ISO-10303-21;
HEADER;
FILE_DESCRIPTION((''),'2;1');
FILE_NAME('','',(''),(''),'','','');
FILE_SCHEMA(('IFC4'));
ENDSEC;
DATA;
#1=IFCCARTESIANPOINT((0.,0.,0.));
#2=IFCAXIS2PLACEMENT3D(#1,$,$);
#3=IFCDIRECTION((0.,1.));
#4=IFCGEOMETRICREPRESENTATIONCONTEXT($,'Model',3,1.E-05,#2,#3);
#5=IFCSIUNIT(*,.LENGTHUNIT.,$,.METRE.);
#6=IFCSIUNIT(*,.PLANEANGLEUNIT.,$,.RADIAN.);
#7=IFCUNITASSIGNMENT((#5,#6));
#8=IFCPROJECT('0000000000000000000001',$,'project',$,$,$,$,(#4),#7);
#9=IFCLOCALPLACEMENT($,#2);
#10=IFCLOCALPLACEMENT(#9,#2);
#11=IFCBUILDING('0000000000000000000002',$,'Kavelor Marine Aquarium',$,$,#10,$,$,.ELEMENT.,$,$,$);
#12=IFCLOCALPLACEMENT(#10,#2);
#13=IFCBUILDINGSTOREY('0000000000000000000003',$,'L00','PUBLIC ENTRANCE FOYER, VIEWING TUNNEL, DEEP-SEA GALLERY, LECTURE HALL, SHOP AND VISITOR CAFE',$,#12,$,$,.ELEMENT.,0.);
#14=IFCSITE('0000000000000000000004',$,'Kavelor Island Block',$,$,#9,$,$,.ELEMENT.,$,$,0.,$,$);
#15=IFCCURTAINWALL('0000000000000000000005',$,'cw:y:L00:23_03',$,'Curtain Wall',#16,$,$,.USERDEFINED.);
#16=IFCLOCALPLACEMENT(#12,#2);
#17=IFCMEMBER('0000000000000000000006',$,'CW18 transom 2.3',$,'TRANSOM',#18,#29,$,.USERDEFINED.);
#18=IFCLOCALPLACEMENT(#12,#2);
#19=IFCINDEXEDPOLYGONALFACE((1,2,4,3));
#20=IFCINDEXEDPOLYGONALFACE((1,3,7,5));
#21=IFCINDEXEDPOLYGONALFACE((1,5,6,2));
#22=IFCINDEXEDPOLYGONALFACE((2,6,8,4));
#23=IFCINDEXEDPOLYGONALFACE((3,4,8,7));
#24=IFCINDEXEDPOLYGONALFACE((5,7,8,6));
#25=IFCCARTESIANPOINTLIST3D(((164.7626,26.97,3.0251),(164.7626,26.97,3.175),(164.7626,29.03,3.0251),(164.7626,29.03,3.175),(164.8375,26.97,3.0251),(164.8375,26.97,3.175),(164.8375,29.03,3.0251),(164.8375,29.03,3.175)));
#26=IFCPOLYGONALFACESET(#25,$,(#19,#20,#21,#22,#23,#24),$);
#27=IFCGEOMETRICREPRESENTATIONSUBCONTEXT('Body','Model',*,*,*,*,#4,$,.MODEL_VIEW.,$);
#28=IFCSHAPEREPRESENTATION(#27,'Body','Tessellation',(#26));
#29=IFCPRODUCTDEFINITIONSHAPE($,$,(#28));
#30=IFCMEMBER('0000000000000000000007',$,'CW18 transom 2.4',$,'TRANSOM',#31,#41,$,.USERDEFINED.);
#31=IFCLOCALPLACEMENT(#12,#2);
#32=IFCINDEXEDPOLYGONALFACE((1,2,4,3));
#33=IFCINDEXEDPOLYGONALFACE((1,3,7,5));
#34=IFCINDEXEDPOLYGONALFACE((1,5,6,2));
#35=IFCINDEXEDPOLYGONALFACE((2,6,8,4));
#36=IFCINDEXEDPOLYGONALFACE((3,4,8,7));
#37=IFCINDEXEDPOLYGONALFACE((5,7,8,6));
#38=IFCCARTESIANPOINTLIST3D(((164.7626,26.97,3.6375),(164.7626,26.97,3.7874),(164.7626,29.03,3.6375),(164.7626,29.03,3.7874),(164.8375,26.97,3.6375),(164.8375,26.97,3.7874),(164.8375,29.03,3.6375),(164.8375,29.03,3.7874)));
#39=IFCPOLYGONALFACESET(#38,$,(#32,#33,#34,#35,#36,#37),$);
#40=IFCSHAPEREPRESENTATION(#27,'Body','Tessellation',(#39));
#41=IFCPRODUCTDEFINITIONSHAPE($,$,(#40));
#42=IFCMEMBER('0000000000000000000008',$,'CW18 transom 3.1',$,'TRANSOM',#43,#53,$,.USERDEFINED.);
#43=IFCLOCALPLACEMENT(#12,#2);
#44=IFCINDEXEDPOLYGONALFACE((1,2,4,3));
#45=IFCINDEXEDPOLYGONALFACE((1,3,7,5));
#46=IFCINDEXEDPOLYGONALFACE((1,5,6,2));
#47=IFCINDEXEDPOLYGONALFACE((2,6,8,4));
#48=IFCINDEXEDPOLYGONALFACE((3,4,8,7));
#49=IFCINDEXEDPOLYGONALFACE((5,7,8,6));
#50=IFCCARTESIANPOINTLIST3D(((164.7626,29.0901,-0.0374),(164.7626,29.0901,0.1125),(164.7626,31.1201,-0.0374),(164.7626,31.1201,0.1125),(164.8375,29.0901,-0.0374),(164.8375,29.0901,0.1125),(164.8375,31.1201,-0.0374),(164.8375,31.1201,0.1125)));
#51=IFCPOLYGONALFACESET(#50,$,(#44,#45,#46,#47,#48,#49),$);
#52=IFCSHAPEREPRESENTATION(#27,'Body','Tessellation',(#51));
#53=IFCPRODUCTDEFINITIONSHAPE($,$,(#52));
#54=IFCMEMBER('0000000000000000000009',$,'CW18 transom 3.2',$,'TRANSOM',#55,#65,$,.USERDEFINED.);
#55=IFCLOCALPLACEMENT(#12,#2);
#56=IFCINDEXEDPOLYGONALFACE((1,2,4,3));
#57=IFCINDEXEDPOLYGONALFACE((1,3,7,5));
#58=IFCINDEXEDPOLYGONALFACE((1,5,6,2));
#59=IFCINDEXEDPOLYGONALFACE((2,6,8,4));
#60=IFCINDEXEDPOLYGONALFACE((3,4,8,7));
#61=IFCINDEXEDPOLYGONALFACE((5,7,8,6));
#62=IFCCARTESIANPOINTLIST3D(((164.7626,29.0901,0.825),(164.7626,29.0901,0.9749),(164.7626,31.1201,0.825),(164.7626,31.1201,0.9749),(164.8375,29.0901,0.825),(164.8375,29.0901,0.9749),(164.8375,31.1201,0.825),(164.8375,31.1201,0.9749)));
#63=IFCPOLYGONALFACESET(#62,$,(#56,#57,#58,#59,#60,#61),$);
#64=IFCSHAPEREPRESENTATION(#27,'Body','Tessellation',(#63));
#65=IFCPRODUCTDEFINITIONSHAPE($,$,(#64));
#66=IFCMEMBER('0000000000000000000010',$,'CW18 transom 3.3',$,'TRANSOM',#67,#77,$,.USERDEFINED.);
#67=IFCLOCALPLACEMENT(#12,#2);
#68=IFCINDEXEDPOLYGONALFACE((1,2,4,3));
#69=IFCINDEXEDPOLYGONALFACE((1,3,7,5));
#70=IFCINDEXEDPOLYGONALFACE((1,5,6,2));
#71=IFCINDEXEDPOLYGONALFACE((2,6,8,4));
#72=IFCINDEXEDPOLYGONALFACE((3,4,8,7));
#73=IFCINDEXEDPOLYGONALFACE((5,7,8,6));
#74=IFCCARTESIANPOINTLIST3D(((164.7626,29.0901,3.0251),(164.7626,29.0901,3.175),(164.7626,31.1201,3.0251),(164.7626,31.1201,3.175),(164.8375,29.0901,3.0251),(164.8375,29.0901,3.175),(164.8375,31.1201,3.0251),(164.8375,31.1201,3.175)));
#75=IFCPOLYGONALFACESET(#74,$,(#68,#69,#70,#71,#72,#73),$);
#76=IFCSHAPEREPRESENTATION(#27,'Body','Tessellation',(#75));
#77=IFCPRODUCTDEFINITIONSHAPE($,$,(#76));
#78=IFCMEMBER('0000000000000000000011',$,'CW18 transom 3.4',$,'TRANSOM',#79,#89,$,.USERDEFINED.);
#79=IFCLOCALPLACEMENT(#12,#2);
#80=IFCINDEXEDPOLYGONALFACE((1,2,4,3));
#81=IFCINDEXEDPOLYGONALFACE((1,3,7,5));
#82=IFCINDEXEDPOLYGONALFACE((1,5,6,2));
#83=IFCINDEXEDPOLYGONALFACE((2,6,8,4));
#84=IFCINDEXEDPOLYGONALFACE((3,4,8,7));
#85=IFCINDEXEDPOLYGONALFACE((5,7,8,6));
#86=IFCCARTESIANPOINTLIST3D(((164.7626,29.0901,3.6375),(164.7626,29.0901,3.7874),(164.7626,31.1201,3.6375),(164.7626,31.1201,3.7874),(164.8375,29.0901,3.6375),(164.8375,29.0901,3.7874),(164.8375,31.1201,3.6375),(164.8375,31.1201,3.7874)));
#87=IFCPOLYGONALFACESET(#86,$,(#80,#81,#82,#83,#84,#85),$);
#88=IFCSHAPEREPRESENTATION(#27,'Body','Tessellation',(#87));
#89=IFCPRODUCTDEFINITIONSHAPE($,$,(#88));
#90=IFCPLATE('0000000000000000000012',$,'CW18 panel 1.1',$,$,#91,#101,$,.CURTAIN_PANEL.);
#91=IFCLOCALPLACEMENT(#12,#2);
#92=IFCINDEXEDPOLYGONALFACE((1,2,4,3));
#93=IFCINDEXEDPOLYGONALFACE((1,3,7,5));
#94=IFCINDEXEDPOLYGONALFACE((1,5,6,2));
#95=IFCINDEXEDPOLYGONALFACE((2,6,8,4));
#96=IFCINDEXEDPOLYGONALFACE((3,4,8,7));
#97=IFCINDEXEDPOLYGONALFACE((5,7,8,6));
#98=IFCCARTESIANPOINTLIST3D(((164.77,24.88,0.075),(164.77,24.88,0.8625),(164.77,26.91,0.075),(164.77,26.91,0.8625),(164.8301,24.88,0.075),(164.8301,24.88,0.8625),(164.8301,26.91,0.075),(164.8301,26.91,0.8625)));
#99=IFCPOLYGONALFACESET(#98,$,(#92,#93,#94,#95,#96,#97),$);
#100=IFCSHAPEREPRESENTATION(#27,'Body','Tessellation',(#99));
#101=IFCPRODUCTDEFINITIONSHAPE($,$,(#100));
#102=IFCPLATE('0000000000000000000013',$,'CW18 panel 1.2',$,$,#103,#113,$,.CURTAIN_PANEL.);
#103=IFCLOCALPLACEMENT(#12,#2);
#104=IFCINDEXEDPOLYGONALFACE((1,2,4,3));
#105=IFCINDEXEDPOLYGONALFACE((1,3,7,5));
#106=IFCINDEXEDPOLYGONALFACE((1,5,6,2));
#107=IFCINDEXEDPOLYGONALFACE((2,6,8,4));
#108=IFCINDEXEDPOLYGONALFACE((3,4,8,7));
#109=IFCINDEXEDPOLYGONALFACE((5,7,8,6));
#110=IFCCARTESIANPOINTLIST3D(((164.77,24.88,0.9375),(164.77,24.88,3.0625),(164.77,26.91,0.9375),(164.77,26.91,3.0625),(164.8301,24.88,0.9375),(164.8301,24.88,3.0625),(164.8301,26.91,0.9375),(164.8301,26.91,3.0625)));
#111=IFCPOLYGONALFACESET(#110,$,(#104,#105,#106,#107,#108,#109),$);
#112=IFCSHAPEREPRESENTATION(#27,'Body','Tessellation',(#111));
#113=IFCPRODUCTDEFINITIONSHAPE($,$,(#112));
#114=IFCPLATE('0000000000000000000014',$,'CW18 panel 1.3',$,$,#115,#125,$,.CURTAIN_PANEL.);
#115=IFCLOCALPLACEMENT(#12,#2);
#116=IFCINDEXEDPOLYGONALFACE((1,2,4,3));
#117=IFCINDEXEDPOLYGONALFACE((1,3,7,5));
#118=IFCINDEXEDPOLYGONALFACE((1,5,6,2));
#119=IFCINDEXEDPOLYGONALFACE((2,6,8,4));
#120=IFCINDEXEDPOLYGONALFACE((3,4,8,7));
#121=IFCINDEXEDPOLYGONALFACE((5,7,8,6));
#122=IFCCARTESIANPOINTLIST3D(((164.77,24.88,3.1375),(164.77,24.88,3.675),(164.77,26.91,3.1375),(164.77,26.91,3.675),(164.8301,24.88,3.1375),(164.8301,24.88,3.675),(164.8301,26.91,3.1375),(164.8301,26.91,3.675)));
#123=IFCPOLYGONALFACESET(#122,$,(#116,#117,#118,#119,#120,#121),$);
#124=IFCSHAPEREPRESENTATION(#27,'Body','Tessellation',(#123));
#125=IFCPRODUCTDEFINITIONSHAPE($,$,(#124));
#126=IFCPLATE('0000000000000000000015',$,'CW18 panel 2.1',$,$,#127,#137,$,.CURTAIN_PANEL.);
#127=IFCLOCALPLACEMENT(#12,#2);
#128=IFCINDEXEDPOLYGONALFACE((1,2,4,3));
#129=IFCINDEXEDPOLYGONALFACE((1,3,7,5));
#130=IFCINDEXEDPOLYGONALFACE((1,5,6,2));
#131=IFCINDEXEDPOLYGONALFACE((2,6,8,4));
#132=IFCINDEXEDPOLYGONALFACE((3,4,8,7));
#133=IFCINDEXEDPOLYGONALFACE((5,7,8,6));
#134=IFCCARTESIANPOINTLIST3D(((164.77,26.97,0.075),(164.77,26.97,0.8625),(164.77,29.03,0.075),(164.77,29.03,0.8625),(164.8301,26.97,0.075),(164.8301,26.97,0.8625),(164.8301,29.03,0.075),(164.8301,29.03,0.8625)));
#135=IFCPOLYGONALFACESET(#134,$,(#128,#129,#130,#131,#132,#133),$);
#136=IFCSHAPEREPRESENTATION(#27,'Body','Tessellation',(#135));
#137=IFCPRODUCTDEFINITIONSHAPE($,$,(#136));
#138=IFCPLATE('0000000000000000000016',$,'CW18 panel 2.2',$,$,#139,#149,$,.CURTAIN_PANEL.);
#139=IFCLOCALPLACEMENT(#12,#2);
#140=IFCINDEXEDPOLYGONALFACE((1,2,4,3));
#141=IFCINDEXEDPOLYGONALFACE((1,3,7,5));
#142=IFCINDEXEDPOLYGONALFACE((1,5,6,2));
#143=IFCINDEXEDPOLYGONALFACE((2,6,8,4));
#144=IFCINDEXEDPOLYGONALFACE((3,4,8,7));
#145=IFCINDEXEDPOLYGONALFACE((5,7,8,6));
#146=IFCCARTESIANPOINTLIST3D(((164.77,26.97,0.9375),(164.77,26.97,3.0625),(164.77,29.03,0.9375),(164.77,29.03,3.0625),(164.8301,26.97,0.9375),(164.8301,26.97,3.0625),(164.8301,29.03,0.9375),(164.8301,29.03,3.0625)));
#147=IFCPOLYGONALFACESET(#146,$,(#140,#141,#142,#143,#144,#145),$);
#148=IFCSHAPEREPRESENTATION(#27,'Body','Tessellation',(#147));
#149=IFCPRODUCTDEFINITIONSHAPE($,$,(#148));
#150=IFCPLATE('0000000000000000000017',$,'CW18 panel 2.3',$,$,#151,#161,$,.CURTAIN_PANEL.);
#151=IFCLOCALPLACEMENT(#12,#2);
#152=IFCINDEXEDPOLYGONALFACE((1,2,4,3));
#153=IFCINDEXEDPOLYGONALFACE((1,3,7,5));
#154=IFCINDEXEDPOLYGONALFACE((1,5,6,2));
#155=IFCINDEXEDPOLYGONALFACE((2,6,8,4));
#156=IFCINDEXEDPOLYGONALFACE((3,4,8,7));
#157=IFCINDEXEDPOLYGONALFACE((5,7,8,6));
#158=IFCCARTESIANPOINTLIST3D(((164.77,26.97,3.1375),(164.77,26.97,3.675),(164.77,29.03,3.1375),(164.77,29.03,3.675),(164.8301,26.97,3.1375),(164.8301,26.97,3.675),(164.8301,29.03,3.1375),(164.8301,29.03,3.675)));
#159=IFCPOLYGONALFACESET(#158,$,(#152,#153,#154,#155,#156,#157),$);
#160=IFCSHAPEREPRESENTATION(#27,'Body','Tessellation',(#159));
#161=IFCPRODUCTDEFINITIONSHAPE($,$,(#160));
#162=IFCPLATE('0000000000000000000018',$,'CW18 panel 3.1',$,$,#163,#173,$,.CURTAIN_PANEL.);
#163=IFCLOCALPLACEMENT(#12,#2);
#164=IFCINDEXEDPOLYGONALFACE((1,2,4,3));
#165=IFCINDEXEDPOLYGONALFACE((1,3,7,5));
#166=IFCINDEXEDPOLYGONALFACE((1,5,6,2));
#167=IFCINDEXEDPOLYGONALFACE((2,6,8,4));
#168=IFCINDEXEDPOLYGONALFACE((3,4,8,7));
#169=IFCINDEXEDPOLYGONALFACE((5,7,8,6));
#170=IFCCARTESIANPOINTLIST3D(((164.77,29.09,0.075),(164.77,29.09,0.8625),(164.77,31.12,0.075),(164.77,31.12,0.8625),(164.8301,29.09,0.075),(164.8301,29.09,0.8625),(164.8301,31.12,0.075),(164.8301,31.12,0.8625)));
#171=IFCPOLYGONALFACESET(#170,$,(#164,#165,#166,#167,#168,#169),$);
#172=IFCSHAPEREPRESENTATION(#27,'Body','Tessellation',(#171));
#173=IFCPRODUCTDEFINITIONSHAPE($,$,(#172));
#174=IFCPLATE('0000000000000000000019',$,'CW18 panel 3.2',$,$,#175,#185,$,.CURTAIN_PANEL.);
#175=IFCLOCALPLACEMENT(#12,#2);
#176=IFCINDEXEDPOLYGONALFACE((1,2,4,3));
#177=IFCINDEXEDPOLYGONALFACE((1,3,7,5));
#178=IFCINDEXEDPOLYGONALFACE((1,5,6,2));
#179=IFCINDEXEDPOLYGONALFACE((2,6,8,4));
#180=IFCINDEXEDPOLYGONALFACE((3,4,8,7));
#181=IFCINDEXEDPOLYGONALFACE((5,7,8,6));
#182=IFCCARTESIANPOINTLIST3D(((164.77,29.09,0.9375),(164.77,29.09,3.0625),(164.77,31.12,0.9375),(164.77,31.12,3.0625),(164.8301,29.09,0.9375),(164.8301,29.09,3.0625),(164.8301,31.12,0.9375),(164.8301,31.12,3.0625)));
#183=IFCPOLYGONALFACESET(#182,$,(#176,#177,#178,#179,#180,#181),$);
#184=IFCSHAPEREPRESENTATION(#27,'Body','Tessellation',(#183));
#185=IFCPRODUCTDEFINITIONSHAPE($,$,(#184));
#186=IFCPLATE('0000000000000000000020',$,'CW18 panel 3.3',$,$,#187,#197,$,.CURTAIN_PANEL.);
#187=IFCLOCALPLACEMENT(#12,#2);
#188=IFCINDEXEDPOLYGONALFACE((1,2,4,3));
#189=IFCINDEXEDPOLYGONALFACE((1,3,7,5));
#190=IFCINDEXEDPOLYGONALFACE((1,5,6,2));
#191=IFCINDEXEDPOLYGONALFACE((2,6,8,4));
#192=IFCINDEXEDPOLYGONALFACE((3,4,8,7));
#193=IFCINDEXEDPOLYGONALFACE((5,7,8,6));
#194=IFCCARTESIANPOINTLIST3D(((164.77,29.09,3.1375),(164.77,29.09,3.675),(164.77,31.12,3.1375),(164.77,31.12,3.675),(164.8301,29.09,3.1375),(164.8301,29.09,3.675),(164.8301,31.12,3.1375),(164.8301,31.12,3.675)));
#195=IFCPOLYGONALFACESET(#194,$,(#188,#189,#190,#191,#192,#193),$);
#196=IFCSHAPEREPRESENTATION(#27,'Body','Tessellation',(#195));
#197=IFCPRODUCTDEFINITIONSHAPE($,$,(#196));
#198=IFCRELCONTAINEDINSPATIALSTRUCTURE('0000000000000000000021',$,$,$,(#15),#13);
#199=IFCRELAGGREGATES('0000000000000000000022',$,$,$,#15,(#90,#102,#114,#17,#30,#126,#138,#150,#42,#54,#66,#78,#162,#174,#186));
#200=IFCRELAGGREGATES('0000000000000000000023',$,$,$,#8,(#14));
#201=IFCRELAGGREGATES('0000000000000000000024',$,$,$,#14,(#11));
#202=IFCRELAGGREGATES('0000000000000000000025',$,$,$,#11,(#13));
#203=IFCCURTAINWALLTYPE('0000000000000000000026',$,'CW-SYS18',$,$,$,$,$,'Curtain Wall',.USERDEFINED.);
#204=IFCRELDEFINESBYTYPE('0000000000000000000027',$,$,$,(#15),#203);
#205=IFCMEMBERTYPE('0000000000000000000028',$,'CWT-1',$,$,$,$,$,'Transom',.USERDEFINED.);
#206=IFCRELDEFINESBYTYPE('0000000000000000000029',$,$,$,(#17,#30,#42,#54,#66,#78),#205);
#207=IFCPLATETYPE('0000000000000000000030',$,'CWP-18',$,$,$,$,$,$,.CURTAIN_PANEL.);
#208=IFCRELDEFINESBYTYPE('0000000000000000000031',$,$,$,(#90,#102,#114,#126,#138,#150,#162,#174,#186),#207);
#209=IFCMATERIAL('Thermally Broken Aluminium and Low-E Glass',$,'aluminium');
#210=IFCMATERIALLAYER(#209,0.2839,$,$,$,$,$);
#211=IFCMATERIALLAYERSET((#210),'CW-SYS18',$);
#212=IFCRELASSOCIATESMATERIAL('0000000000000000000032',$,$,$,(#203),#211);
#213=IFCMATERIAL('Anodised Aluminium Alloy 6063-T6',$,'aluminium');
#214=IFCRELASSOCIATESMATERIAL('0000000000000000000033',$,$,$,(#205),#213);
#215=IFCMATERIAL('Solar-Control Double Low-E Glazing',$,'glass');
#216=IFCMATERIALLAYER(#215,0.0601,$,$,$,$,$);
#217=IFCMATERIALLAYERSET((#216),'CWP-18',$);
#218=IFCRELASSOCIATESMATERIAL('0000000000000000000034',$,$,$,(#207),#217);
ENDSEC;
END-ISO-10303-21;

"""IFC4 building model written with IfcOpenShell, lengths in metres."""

from ifc_helpers import new_model, si_unit, direction, frame, origin, origin_2d, place, context, subcontext, project, spatial, rectangle, extrude, material, layer, layer_set, material_profile, profile_set, type_object, element, aggregate, save


model = new_model("IFC4")

# Units and contexts
model_context = context("Model", 3, precision=1e-05, world=origin(), true_north=direction((0.0, 1.0)))
body_context = subcontext(model_context, "Body", "Model", "MODEL_VIEW")
ifc_project = project(units=[si_unit("LENGTHUNIT", "METRE"), si_unit("PLANEANGLEUNIT", "RADIAN")], contexts=[model_context])

# Site, building, storey
site_placement = place(None, origin())
site = spatial("IfcSite", under=ifc_project, at=site_placement, Name="Kavelor Island Block", CompositionType="ELEMENT", RefElevation=0.0)
building_placement = place(site_placement, origin())
building = spatial("IfcBuilding", under=site, at=building_placement, Name="Kavelor Marine Aquarium", CompositionType="ELEMENT")
storey_placement = place(building_placement, origin())
storey = spatial("IfcBuildingStorey", under=building, at=storey_placement, Name="L00", Description="PUBLIC ENTRANCE FOYER, VIEWING TUNNEL, DEEP-SEA GALLERY, LECTURE HALL, SHOP AND VISITOR CAFE", CompositionType="ELEMENT", Elevation=0.0)

# Curtain wall, members, plates
ifc_material_1 = material(Name="Thermally Broken Aluminium and Low-E Glass", Category="aluminium")
ifc_layer_1 = layer(ifc_material_1, 0.2839)
ifc_layer_set_1 = layer_set([ifc_layer_1], Name="CW-SYS18")
curtain_wall_type = type_object("IfcCurtainWallType", Name="CW-SYS18", ElementType="Curtain Wall", PredefinedType="USERDEFINED", material=ifc_layer_set_1)
curtain_wall_placement = place(storey_placement, origin())
curtain_wall = element("IfcCurtainWall", 1, at=curtain_wall_placement, inside=storey, type_object=curtain_wall_type, Name="cw:y:L00:23_03", ObjectType="Curtain Wall", PredefinedType="USERDEFINED")
ifc_material_2 = material(Name="Anodised Aluminium Alloy 6063-T6", Category="aluminium")
ifc_material_profile_1 = material_profile(ifc_material_2, rectangle(XDim=0.075, YDim=0.1499, at=origin_2d()), Name="CW-TRN 75x150")
ifc_profile_set_1 = profile_set([ifc_material_profile_1], Name="Anodised Aluminium Alloy 6063-T6")
member_type_1 = type_object("IfcMemberType", Name="CWT-1", ElementType="Transom", PredefinedType="USERDEFINED", material=ifc_profile_set_1)
member_1_placement = place(storey_placement, frame((164.8, 26.97, 3.1001), z_axis=(0.0, 1.0, 0.0), x_axis=(-1.0, 0.0, 0.0)))
member_1 = element("IfcMember", 2, at=member_1_placement, type_object=member_type_1, Name="CW18 transom 2.3", ObjectType="TRANSOM", PredefinedType="USERDEFINED", context=body_context, shape_type="SweptSolid", body=[
    extrude(rectangle(XDim=0.075, YDim=0.1499, at=origin_2d()), origin(), (0.0, 0.0, 1.0), 2.0601),
])
member_2_placement = place(storey_placement, frame((164.8, 26.97, 3.7124), z_axis=(0.0, 1.0, 0.0), x_axis=(-1.0, 0.0, 0.0)))
member_2 = element("IfcMember", 3, at=member_2_placement, type_object=member_type_1, Name="CW18 transom 2.4", ObjectType="TRANSOM", PredefinedType="USERDEFINED", context=body_context, shape_type="SweptSolid", body=[
    extrude(rectangle(XDim=0.075, YDim=0.1499, at=origin_2d()), origin(), (0.0, 0.0, 1.0), 2.0601),
])
member_3_placement = place(storey_placement, frame((164.8, 29.0901, 0.0376), z_axis=(0.0, 1.0, 0.0), x_axis=(-1.0, 0.0, 0.0)))
member_3 = element("IfcMember", 4, at=member_3_placement, type_object=member_type_1, Name="CW18 transom 3.1", ObjectType="TRANSOM", PredefinedType="USERDEFINED", context=body_context, shape_type="SweptSolid", body=[
    extrude(rectangle(XDim=0.075, YDim=0.1499, at=origin_2d()), origin(), (0.0, 0.0, 1.0), 2.03),
])
member_4_placement = place(storey_placement, frame((164.8, 29.0901, 0.8999), z_axis=(0.0, 1.0, 0.0), x_axis=(-1.0, 0.0, 0.0)))
member_4 = element("IfcMember", 5, at=member_4_placement, type_object=member_type_1, Name="CW18 transom 3.2", ObjectType="TRANSOM", PredefinedType="USERDEFINED", context=body_context, shape_type="SweptSolid", body=[
    extrude(rectangle(XDim=0.075, YDim=0.1499, at=origin_2d()), origin(), (0.0, 0.0, 1.0), 2.03),
])
member_5_placement = place(storey_placement, frame((164.8, 29.0901, 3.1001), z_axis=(0.0, 1.0, 0.0), x_axis=(-1.0, 0.0, 0.0)))
member_5 = element("IfcMember", 6, at=member_5_placement, type_object=member_type_1, Name="CW18 transom 3.3", ObjectType="TRANSOM", PredefinedType="USERDEFINED", context=body_context, shape_type="SweptSolid", body=[
    extrude(rectangle(XDim=0.075, YDim=0.1499, at=origin_2d()), origin(), (0.0, 0.0, 1.0), 2.03),
])
member_6_placement = place(storey_placement, frame((164.8, 29.0901, 3.7124), z_axis=(0.0, 1.0, 0.0), x_axis=(-1.0, 0.0, 0.0)))
member_6 = element("IfcMember", 7, at=member_6_placement, type_object=member_type_1, Name="CW18 transom 3.4", ObjectType="TRANSOM", PredefinedType="USERDEFINED", context=body_context, shape_type="SweptSolid", body=[
    extrude(rectangle(XDim=0.075, YDim=0.1499, at=origin_2d()), origin(), (0.0, 0.0, 1.0), 2.03),
])
ifc_material_3 = material(Name="Solar-Control Double Low-E Glazing", Category="glass")
ifc_layer_2 = layer(ifc_material_3, 0.0601)
ifc_layer_set_2 = layer_set([ifc_layer_2], Name="CWP-18")
plate_type = type_object("IfcPlateType", Name="CWP-18", PredefinedType="CURTAIN_PANEL", material=ifc_layer_set_2)
plate_1_placement = place(storey_placement, frame((164.8, 25.895, 0.075), z_axis=(0.0, 0.0, 1.0), x_axis=(0.0, 1.0, 0.0)))
plate_1 = element("IfcPlate", 8, at=plate_1_placement, type_object=plate_type, Name="CW18 panel 1.1", PredefinedType="CURTAIN_PANEL", context=body_context, shape_type="SweptSolid", body=[
    extrude(rectangle(XDim=2.03, YDim=0.0601, at=origin_2d()), origin(), (0.0, 0.0, 1.0), 0.7876),
])
plate_2_placement = place(storey_placement, frame((164.8, 25.895, 0.9375), z_axis=(0.0, 0.0, 1.0), x_axis=(0.0, 1.0, 0.0)))
plate_2 = element("IfcPlate", 9, at=plate_2_placement, type_object=plate_type, Name="CW18 panel 1.2", PredefinedType="CURTAIN_PANEL", context=body_context, shape_type="SweptSolid", body=[
    extrude(rectangle(XDim=2.03, YDim=0.0601, at=origin_2d()), origin(), (0.0, 0.0, 1.0), 2.125),
])
plate_3_placement = place(storey_placement, frame((164.8, 25.895, 3.1375), z_axis=(0.0, 0.0, 1.0), x_axis=(0.0, 1.0, 0.0)))
plate_3 = element("IfcPlate", 10, at=plate_3_placement, type_object=plate_type, Name="CW18 panel 1.3", PredefinedType="CURTAIN_PANEL", context=body_context, shape_type="SweptSolid", body=[
    extrude(rectangle(XDim=2.03, YDim=0.0601, at=origin_2d()), origin(), (0.0, 0.0, 1.0), 0.5376),
])
plate_4_placement = place(storey_placement, frame((164.8, 28.0, 0.075), z_axis=(0.0, 0.0, 1.0), x_axis=(0.0, 1.0, 0.0)))
plate_4 = element("IfcPlate", 11, at=plate_4_placement, type_object=plate_type, Name="CW18 panel 2.1", PredefinedType="CURTAIN_PANEL", context=body_context, shape_type="SweptSolid", body=[
    extrude(rectangle(XDim=2.0601, YDim=0.0601, at=origin_2d()), origin(), (0.0, 0.0, 1.0), 0.7876),
])
plate_5_placement = place(storey_placement, frame((164.8, 28.0, 0.9375), z_axis=(0.0, 0.0, 1.0), x_axis=(0.0, 1.0, 0.0)))
plate_5 = element("IfcPlate", 12, at=plate_5_placement, type_object=plate_type, Name="CW18 panel 2.2", PredefinedType="CURTAIN_PANEL", context=body_context, shape_type="SweptSolid", body=[
    extrude(rectangle(XDim=2.0601, YDim=0.0601, at=origin_2d()), origin(), (0.0, 0.0, 1.0), 2.125),
])
plate_6_placement = place(storey_placement, frame((164.8, 28.0, 3.1375), z_axis=(0.0, 0.0, 1.0), x_axis=(0.0, 1.0, 0.0)))
plate_6 = element("IfcPlate", 13, at=plate_6_placement, type_object=plate_type, Name="CW18 panel 2.3", PredefinedType="CURTAIN_PANEL", context=body_context, shape_type="SweptSolid", body=[
    extrude(rectangle(XDim=2.0601, YDim=0.0601, at=origin_2d()), origin(), (0.0, 0.0, 1.0), 0.5376),
])
plate_7_placement = place(storey_placement, frame((164.8, 30.105, 0.075), z_axis=(0.0, 0.0, 1.0), x_axis=(0.0, 1.0, 0.0)))
plate_7 = element("IfcPlate", 14, at=plate_7_placement, type_object=plate_type, Name="CW18 panel 3.1", PredefinedType="CURTAIN_PANEL", context=body_context, shape_type="SweptSolid", body=[
    extrude(rectangle(XDim=2.03, YDim=0.0601, at=origin_2d()), origin(), (0.0, 0.0, 1.0), 0.7876),
])
plate_8_placement = place(storey_placement, frame((164.8, 30.105, 0.9375), z_axis=(0.0, 0.0, 1.0), x_axis=(0.0, 1.0, 0.0)))
plate_8 = element("IfcPlate", 15, at=plate_8_placement, type_object=plate_type, Name="CW18 panel 3.2", PredefinedType="CURTAIN_PANEL", context=body_context, shape_type="SweptSolid", body=[
    extrude(rectangle(XDim=2.03, YDim=0.0601, at=origin_2d()), origin(), (0.0, 0.0, 1.0), 2.125),
])
plate_9_placement = place(storey_placement, frame((164.8, 30.105, 3.1375), z_axis=(0.0, 0.0, 1.0), x_axis=(0.0, 1.0, 0.0)))
plate_9 = element("IfcPlate", 16, at=plate_9_placement, type_object=plate_type, Name="CW18 panel 3.3", PredefinedType="CURTAIN_PANEL", context=body_context, shape_type="SweptSolid", body=[
    extrude(rectangle(XDim=2.03, YDim=0.0601, at=origin_2d()), origin(), (0.0, 0.0, 1.0), 0.5376),
])
aggregate(curtain_wall, [plate_1, plate_2, plate_3, member_1, member_2, plate_4, plate_5, plate_6, member_3, member_4, member_5, member_6, plate_7, plate_8, plate_9])

save(model, "model.ifc")
